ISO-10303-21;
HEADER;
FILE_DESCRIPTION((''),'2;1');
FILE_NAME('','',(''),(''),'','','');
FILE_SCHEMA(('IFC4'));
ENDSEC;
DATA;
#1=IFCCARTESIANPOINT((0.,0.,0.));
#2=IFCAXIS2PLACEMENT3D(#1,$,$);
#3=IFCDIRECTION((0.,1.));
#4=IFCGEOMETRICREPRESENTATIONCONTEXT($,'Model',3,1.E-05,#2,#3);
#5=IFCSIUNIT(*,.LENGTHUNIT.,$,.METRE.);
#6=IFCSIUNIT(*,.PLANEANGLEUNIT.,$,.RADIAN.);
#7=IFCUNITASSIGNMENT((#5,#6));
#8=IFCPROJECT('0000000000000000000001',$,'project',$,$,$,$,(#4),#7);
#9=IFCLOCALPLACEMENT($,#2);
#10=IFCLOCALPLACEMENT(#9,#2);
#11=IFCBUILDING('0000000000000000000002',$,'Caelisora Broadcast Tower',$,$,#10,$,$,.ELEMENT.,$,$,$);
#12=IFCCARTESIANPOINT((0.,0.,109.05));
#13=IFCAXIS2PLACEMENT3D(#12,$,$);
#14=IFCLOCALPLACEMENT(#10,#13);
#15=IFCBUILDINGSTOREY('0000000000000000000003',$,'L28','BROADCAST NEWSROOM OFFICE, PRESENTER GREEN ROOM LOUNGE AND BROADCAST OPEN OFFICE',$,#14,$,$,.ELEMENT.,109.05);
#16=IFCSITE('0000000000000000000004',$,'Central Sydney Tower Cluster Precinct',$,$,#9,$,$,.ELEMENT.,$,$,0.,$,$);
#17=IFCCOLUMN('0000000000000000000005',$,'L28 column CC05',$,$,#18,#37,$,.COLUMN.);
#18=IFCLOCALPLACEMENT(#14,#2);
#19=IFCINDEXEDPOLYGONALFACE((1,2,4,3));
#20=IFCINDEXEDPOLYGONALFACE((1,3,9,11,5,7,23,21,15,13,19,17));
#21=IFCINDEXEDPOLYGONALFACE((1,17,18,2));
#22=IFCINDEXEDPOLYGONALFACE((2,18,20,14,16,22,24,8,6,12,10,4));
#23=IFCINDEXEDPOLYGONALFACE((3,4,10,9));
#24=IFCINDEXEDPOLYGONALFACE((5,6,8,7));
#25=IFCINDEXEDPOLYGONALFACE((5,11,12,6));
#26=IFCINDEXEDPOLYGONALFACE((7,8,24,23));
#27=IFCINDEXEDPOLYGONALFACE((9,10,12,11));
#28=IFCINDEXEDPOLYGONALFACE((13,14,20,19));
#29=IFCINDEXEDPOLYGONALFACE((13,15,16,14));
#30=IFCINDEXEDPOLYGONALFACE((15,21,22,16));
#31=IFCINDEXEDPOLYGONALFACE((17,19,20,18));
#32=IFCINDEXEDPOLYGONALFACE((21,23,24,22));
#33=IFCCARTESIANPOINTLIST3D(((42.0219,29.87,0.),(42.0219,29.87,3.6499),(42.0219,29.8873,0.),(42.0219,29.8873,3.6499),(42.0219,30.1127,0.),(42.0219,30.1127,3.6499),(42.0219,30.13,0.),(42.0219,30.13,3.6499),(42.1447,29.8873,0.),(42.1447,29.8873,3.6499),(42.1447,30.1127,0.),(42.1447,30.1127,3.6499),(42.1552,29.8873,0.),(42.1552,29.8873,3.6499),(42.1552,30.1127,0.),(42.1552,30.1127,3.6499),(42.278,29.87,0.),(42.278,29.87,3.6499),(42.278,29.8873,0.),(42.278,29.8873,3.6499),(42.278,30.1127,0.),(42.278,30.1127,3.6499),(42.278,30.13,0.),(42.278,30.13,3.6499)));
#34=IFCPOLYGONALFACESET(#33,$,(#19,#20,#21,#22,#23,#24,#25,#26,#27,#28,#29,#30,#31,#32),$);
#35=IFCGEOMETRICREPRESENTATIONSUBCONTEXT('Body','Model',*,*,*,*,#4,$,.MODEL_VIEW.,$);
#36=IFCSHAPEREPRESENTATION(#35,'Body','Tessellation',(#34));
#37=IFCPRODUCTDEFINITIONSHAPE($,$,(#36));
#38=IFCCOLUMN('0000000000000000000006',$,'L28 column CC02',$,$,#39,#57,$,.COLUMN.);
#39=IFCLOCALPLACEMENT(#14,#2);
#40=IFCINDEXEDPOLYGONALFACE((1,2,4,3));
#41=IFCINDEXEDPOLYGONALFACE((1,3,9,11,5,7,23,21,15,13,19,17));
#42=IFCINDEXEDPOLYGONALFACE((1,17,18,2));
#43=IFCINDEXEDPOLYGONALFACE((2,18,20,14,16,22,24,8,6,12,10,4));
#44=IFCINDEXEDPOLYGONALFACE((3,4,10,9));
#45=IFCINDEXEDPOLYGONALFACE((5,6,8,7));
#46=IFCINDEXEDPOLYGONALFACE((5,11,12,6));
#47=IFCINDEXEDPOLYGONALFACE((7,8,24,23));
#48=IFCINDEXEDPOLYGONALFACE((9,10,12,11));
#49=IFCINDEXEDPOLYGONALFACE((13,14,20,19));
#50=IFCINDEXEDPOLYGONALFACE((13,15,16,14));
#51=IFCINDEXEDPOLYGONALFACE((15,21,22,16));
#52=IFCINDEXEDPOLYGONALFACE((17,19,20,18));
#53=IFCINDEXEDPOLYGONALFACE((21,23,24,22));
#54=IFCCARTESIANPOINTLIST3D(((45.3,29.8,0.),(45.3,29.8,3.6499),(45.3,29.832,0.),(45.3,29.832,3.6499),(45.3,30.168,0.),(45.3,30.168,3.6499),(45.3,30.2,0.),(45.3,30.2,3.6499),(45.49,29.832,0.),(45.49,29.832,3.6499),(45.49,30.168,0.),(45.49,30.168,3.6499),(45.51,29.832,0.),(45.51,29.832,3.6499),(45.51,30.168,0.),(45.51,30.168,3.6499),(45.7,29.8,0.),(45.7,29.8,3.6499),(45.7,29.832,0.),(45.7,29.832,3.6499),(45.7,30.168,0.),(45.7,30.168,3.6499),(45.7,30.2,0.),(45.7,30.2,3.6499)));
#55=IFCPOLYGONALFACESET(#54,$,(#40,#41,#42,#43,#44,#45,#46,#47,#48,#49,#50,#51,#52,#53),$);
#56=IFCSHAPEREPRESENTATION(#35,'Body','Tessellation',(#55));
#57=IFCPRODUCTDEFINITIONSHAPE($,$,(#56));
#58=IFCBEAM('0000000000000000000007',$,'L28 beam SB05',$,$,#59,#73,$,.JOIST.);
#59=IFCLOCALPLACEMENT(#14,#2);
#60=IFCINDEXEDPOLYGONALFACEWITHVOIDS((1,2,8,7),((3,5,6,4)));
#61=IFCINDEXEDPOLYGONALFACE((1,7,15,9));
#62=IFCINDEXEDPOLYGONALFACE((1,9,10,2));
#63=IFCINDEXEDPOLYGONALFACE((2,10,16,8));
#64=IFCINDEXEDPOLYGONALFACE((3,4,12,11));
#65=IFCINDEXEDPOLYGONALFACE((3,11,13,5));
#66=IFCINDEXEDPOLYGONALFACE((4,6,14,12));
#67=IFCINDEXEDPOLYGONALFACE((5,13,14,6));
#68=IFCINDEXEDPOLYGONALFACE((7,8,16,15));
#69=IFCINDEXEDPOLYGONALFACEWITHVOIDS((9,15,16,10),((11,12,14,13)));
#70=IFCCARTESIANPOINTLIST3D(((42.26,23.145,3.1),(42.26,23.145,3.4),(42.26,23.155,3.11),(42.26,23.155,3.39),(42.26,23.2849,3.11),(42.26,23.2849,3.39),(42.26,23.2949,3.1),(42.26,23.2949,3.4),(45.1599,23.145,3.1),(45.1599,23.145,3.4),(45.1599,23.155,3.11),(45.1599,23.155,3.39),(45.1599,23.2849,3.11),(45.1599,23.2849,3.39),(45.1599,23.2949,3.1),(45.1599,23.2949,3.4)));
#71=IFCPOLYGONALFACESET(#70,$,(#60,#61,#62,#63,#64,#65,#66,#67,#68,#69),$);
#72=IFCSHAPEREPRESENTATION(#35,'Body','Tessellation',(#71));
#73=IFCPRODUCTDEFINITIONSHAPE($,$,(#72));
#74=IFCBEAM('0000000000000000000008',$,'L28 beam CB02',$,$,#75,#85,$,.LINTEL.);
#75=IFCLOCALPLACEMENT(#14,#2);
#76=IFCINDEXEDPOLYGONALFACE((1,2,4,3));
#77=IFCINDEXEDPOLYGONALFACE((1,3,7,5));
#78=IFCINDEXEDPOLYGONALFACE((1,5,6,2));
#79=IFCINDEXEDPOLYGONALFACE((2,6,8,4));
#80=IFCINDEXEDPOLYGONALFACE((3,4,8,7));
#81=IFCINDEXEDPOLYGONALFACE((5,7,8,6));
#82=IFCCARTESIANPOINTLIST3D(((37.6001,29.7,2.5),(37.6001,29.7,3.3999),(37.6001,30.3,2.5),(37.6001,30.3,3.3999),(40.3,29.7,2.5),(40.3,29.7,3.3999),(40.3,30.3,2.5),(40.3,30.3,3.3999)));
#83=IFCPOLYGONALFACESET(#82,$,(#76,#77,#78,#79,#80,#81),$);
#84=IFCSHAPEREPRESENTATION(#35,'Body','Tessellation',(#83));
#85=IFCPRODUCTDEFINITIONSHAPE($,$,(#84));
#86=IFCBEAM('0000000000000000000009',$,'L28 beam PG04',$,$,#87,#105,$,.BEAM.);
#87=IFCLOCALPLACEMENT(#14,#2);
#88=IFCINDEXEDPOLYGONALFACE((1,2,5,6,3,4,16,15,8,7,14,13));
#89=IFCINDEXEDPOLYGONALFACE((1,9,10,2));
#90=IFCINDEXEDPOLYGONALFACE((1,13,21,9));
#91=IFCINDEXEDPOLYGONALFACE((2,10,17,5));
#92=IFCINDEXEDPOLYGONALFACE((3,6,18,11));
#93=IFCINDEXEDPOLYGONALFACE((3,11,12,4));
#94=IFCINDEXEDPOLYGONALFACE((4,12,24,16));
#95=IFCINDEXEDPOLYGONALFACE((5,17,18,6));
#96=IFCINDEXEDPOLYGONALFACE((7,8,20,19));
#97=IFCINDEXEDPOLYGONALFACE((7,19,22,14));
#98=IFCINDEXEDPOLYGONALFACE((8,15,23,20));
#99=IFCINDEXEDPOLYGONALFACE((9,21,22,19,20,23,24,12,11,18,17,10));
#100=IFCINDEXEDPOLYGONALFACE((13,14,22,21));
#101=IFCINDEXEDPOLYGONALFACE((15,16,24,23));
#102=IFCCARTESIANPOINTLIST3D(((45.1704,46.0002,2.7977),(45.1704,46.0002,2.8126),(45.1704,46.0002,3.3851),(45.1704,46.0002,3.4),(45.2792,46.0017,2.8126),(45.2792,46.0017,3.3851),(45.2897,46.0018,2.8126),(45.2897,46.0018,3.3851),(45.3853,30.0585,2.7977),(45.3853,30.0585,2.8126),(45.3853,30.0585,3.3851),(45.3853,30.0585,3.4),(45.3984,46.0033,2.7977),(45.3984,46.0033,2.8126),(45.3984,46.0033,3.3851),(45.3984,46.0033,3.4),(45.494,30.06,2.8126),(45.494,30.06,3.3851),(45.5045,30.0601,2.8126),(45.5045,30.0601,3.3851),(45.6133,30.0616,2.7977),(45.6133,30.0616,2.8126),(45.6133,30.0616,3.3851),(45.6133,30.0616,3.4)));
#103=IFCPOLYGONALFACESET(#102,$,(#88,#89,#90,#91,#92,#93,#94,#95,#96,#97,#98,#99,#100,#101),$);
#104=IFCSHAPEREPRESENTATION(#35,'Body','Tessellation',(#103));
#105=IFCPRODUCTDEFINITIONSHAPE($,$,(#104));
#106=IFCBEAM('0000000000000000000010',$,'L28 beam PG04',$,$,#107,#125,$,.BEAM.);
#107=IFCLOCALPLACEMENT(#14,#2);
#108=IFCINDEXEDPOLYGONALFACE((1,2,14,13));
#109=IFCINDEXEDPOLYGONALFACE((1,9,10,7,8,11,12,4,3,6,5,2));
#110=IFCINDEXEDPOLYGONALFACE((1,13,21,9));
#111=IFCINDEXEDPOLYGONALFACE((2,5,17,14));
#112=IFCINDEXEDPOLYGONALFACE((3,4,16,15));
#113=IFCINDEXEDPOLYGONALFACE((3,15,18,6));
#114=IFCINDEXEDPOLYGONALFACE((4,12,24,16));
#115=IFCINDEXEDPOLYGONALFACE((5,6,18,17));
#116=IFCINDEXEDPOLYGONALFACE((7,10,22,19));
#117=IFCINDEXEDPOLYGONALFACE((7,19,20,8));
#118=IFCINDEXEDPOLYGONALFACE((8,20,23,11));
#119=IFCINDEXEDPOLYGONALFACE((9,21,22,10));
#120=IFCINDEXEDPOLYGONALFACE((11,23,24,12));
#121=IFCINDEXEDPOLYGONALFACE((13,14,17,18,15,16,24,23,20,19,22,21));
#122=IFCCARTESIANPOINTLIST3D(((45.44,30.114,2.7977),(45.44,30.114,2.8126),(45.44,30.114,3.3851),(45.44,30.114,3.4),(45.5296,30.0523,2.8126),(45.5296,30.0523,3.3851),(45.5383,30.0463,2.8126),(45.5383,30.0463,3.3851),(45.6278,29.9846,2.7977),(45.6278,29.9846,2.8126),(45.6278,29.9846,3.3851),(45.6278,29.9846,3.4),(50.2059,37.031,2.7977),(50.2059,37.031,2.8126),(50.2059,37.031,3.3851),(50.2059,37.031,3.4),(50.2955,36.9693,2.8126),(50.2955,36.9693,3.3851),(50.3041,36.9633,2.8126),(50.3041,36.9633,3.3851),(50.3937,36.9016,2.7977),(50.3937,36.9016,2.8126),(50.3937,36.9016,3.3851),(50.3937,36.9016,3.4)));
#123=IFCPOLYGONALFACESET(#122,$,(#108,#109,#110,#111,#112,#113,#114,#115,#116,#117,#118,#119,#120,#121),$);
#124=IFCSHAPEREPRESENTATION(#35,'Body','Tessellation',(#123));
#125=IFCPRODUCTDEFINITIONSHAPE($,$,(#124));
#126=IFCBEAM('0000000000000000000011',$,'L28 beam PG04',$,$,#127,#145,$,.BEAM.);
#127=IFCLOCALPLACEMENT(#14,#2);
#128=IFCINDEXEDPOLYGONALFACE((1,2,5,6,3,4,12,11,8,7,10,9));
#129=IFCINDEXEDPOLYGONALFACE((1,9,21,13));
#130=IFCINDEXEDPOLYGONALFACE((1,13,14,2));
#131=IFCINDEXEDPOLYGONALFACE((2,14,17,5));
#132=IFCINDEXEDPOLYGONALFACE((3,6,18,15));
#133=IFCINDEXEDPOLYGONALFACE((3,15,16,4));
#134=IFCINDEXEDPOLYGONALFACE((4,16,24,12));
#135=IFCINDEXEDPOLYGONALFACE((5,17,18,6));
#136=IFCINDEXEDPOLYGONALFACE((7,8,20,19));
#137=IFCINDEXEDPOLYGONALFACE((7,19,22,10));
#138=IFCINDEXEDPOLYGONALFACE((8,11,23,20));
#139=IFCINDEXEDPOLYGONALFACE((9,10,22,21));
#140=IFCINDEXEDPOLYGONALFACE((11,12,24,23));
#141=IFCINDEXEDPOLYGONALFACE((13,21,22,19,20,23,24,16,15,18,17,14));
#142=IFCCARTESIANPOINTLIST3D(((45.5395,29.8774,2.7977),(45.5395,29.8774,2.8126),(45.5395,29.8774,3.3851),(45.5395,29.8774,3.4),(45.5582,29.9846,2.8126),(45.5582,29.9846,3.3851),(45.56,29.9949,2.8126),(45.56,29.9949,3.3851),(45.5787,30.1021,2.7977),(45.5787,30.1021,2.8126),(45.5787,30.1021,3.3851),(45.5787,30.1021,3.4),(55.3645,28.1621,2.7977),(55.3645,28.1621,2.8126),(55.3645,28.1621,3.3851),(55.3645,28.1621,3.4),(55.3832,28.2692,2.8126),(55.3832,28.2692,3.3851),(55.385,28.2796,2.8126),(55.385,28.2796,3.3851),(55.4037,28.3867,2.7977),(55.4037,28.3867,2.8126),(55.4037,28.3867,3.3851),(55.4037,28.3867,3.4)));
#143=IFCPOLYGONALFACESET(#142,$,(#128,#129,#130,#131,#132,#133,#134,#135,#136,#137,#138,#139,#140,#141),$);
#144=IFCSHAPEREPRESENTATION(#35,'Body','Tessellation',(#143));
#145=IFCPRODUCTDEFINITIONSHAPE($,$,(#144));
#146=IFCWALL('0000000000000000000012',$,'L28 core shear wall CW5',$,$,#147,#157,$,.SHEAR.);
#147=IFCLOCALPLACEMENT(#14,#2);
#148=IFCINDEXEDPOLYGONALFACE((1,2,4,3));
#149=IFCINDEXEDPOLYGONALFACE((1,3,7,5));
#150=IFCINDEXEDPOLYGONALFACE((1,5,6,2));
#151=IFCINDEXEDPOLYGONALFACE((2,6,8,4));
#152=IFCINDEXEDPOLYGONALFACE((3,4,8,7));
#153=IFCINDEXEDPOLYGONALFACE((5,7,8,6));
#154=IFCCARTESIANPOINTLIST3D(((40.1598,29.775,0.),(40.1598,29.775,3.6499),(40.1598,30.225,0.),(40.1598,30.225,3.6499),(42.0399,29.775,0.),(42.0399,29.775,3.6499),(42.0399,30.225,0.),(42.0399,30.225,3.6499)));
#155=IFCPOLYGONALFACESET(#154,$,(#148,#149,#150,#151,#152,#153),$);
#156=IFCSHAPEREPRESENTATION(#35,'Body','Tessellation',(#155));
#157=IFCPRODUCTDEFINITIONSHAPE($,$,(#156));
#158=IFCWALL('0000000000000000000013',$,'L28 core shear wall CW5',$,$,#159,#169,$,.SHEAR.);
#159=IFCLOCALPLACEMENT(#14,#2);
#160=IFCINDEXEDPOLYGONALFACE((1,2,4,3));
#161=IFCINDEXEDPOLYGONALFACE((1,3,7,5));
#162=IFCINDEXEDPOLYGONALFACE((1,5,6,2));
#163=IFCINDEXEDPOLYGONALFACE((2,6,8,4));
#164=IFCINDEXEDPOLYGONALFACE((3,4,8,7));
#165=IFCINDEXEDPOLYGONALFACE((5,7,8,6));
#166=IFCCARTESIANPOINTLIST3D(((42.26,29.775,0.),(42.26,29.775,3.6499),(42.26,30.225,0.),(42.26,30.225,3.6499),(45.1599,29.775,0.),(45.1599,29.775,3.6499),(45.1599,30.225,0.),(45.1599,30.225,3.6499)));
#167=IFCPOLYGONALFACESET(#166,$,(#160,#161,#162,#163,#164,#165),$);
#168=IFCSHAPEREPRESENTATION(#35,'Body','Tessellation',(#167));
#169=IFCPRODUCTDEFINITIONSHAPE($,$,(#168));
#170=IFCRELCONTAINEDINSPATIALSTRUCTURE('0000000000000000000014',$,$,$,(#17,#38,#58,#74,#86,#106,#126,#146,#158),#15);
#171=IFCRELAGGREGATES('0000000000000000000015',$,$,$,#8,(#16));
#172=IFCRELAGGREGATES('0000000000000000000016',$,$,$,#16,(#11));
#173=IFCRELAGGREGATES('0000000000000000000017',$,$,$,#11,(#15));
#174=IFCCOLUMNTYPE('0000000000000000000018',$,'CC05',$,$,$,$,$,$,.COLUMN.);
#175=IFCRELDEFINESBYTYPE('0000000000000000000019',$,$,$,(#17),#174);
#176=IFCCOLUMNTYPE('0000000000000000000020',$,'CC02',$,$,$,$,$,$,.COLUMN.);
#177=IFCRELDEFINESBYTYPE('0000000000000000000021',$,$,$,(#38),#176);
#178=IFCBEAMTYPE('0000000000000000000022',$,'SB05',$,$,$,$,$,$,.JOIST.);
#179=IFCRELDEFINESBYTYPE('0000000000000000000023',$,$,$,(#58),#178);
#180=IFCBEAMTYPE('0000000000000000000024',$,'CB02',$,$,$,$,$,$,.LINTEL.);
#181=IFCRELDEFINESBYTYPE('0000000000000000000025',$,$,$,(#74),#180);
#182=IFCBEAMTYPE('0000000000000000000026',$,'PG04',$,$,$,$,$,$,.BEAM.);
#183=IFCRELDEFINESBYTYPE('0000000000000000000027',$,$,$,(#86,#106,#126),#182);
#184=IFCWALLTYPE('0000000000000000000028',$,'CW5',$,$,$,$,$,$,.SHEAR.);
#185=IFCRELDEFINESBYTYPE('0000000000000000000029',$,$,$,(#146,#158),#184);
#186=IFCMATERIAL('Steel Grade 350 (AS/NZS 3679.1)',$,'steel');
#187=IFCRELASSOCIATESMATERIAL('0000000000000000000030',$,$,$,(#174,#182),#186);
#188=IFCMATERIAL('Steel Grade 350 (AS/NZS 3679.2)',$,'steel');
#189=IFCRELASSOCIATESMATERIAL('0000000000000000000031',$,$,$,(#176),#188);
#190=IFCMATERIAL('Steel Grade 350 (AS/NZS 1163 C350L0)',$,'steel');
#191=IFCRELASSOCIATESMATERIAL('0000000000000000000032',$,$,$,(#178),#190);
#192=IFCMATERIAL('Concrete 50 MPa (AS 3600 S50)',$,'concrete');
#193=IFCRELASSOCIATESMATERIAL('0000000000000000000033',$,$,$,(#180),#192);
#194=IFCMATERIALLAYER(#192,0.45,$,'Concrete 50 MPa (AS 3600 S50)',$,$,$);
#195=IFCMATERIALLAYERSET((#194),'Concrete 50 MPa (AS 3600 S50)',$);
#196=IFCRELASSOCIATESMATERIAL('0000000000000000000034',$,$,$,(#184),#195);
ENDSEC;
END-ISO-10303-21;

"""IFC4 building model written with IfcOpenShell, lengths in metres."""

from ifc_helpers import new_model, si_unit, direction, frame, frame_2d, origin, origin_2d, place, context, subcontext, project, spatial, rectangle, hollow_rectangle, i_section, extrude, source, transform, mapped, material, layer, layer_set, material_profile, profile_set, type_object, type_shapes, element, save


model = new_model("IFC4")

# Units and contexts
model_context = context("Model", 3, precision=1e-05, world=origin(), true_north=direction((0.0, 1.0)))
body_context = subcontext(model_context, "Body", "Model", "MODEL_VIEW")
ifc_project = project(units=[si_unit("LENGTHUNIT", "METRE"), si_unit("PLANEANGLEUNIT", "RADIAN")], contexts=[model_context])

# Site, building, storey
site_placement = place(None, origin())
site = spatial("IfcSite", under=ifc_project, at=site_placement, Name="Central Sydney Tower Cluster Precinct", CompositionType="ELEMENT", RefElevation=0.0)
building_placement = place(site_placement, origin())
building = spatial("IfcBuilding", under=site, at=building_placement, Name="Caelisora Broadcast Tower", CompositionType="ELEMENT")
storey_placement = place(building_placement, frame((0.0, 0.0, 109.05)))
storey = spatial("IfcBuildingStorey", under=building, at=storey_placement, Name="L28", Description="BROADCAST NEWSROOM OFFICE, PRESENTER GREEN ROOM LOUNGE AND BROADCAST OPEN OFFICE", CompositionType="ELEMENT", Elevation=109.05)

# Columns
ifc_material_1 = material(Name="Steel Grade 350 (AS/NZS 3679.1)", Category="steel")
ifc_material_profile_1 = material_profile(ifc_material_1, i_section(OverallWidth=0.2561, OverallDepth=0.26, WebThickness=0.0105, FlangeThickness=0.0173, at=origin_2d()), Name="Steel Grade 350 (AS/NZS 3679.1)")
ifc_profile_set_1 = profile_set([ifc_material_profile_1], Name="Steel Grade 350 (AS/NZS 3679.1)")
column_type_1 = type_object("IfcColumnType", Name="CC05", PredefinedType="COLUMN", material=ifc_profile_set_1)
shared_shape_1 = source(origin(), body_context, "Body", "SweptSolid", [
    extrude(i_section(OverallWidth=0.2561, OverallDepth=0.26, WebThickness=0.0105, FlangeThickness=0.0173, at=origin_2d()), origin(), (0.0, 0.0, 1.0), 3.6499),
])
type_shapes(column_type_1, [shared_shape_1])
column_1_placement = place(storey_placement, frame((42.1499, 30.0, 0.0), z_axis=(0.0, 0.0, 1.0), x_axis=(1.0, 0.0, 0.0)))
element("IfcColumn", 1, at=column_1_placement, inside=storey, type_object=column_type_1, Name="L28 column CC05", PredefinedType="COLUMN", context=body_context, shape_type="MappedRepresentation", body=[
    mapped(shared_shape_1, transform((0.0, 0.0, 0.0), scale=1.0)),
])
ifc_material_2 = material(Name="Steel Grade 350 (AS/NZS 3679.2)", Category="steel")
ifc_material_profile_2 = material_profile(ifc_material_2, i_section(OverallWidth=0.3999, OverallDepth=0.3999, WebThickness=0.02, FlangeThickness=0.032, at=origin_2d()), Name="Steel Grade 350 (AS/NZS 3679.2)")
ifc_profile_set_2 = profile_set([ifc_material_profile_2], Name="Steel Grade 350 (AS/NZS 3679.2)")
column_type_2 = type_object("IfcColumnType", Name="CC02", PredefinedType="COLUMN", material=ifc_profile_set_2)
shared_shape_2 = source(origin(), body_context, "Body", "SweptSolid", [
    extrude(i_section(OverallWidth=0.3999, OverallDepth=0.3999, WebThickness=0.02, FlangeThickness=0.032, at=origin_2d()), origin(), (0.0, 0.0, 1.0), 3.6499),
])
type_shapes(column_type_2, [shared_shape_2])
column_2_placement = place(storey_placement, frame((45.5, 30.0, 0.0), z_axis=(0.0, 0.0, 1.0), x_axis=(1.0, 0.0, 0.0)))
element("IfcColumn", 2, at=column_2_placement, inside=storey, type_object=column_type_2, Name="L28 column CC02", PredefinedType="COLUMN", context=body_context, shape_type="MappedRepresentation", body=[
    mapped(shared_shape_2, transform((0.0, 0.0, 0.0), scale=1.0)),
])

# Beams
ifc_material_3 = material(Name="Steel Grade 350 (AS/NZS 1163 C350L0)", Category="steel")
ifc_material_profile_3 = material_profile(ifc_material_3, hollow_rectangle(XDim=0.1499, YDim=0.3, WallThickness=0.01, at=origin_2d()), Name="Steel Grade 350 (AS/NZS 1163 C350L0)")
ifc_profile_set_3 = profile_set([ifc_material_profile_3], Name="Steel Grade 350 (AS/NZS 1163 C350L0)")
beam_type_1 = type_object("IfcBeamType", Name="SB05", PredefinedType="JOIST", material=ifc_profile_set_3)
shared_shape_3 = source(origin(), body_context, "Body", "SweptSolid", [
    extrude(hollow_rectangle(XDim=0.1499, YDim=0.3, WallThickness=0.01, at=origin_2d()), origin(), (0.0, 0.0, 1.0), 2.8999),
])
type_shapes(beam_type_1, [shared_shape_3])
beam_1_placement = place(storey_placement, frame((42.26, 23.22, 3.25), z_axis=(1.0, 0.0, 0.0), x_axis=(0.0, 1.0, 0.0)))
element("IfcBeam", 3, at=beam_1_placement, inside=storey, type_object=beam_type_1, Name="L28 beam SB05", PredefinedType="JOIST", context=body_context, shape_type="MappedRepresentation", body=[
    mapped(shared_shape_3, transform((0.0, 0.0, 0.0), scale=1.0)),
])
ifc_material_4 = material(Name="Concrete 50 MPa (AS 3600 S50)", Category="concrete")
ifc_material_profile_4 = material_profile(ifc_material_4, rectangle(XDim=0.6001, YDim=0.8999, at=origin_2d()), Name="Concrete 50 MPa (AS 3600 S50)")
ifc_profile_set_4 = profile_set([ifc_material_profile_4], Name="Concrete 50 MPa (AS 3600 S50)")
beam_type_2 = type_object("IfcBeamType", Name="CB02", PredefinedType="LINTEL", material=ifc_profile_set_4)
shared_shape_4 = source(origin(), body_context, "Body", "SweptSolid", [
    extrude(rectangle(XDim=0.6001, YDim=0.8999, at=origin_2d()), origin(), (0.0, 0.0, 1.0), 2.7),
])
type_shapes(beam_type_2, [shared_shape_4])
beam_2_placement = place(storey_placement, frame((37.6001, 30.0, 2.95), z_axis=(1.0, 0.0, 0.0), x_axis=(0.0, 1.0, 0.0)))
element("IfcBeam", 4, at=beam_2_placement, inside=storey, type_object=beam_type_2, Name="L28 beam CB02", PredefinedType="LINTEL", context=body_context, shape_type="MappedRepresentation", body=[
    mapped(shared_shape_4, transform((0.0, 0.0, 0.0), scale=1.0)),
])
ifc_material_profile_5 = material_profile(ifc_material_1, i_section(OverallWidth=0.228, OverallDepth=0.6023, WebThickness=0.0105, FlangeThickness=0.0149, at=origin_2d()), Name="Steel Grade 350 (AS/NZS 3679.1)")
ifc_profile_set_5 = profile_set([ifc_material_profile_5], Name="Steel Grade 350 (AS/NZS 3679.1)")
beam_type_3 = type_object("IfcBeamType", Name="PG04", PredefinedType="BEAM", material=ifc_profile_set_5)
shared_shape_5 = source(origin(), body_context, "Body", "SweptSolid", [
    extrude(i_section(OverallWidth=0.228, OverallDepth=0.6023, WebThickness=0.0105, FlangeThickness=0.0149, at=origin_2d()), origin(), (0.0, 0.0, 1.0), 15.9431),
])
beam_3_placement = place(storey_placement, frame((45.4993, 30.0601, 3.0989), z_axis=(-0.013476, 0.999909, 0.0), x_axis=(-0.999909, -0.013476, 0.0)))
element("IfcBeam", 5, at=beam_3_placement, inside=storey, type_object=beam_type_3, Name="L28 beam PG04", PredefinedType="BEAM", context=body_context, shape_type="MappedRepresentation", body=[
    mapped(shared_shape_5, transform((0.0, 0.0, 0.0), scale=1.0)),
])
shared_shape_6 = source(origin(), body_context, "Body", "SweptSolid", [
    extrude(i_section(OverallWidth=0.228, OverallDepth=0.6023, WebThickness=0.0105, FlangeThickness=0.0149, at=origin_2d()), origin(), (0.0, 0.0, 1.0), 8.3999),
])
beam_4_placement = place(storey_placement, frame((45.5339, 30.0493, 3.0989), z_axis=(0.567372, 0.823461, 0.0), x_axis=(-0.823461, 0.567372, 0.0)))
element("IfcBeam", 6, at=beam_4_placement, inside=storey, type_object=beam_type_3, Name="L28 beam PG04", PredefinedType="BEAM", context=body_context, shape_type="MappedRepresentation", body=[
    mapped(shared_shape_6, transform((0.0, 0.0, 0.0), scale=1.0)),
])
shared_shape_7 = source(origin(), body_context, "Body", "SweptSolid", [
    extrude(i_section(OverallWidth=0.228, OverallDepth=0.6023, WebThickness=0.0105, FlangeThickness=0.0149, at=origin_2d()), origin(), (0.0, 0.0, 1.0), 9.9736),
])
type_shapes(beam_type_3, [shared_shape_5, shared_shape_6, shared_shape_7])
beam_5_placement = place(storey_placement, frame((45.5591, 29.9897, 3.0989), z_axis=(0.985099, -0.171988, 0.0), x_axis=(0.171988, 0.985099, 0.0)))
element("IfcBeam", 7, at=beam_5_placement, inside=storey, type_object=beam_type_3, Name="L28 beam PG04", PredefinedType="BEAM", context=body_context, shape_type="MappedRepresentation", body=[
    mapped(shared_shape_7, transform((0.0, 0.0, 0.0), scale=1.0)),
])

# Walls
ifc_layer_1 = layer(ifc_material_4, 0.45, Name="Concrete 50 MPa (AS 3600 S50)")
ifc_layer_set_1 = layer_set([ifc_layer_1], Name="Concrete 50 MPa (AS 3600 S50)")
wall_type_1 = type_object("IfcWallType", Name="CW5", PredefinedType="SHEAR", material=ifc_layer_set_1)
wall_1_placement = place(storey_placement, frame((40.1599, 30.0, 0.0), z_axis=(0.0, 0.0, 1.0), x_axis=(1.0, 0.0, 0.0)))
element("IfcWall", 8, at=wall_1_placement, inside=storey, type_object=wall_type_1, Name="L28 core shear wall CW5", PredefinedType="SHEAR", context=body_context, shape_type="SweptSolid", body=[
    extrude(rectangle(XDim=1.8801, YDim=0.45, at=frame_2d((0.9399, 0.0))), origin(), (0.0, 0.0, 1.0), 3.6499),
])
wall_2_placement = place(storey_placement, frame((42.26, 30.0, 0.0), z_axis=(0.0, 0.0, 1.0), x_axis=(1.0, 0.0, 0.0)))
element("IfcWall", 9, at=wall_2_placement, inside=storey, type_object=wall_type_1, Name="L28 core shear wall CW5", PredefinedType="SHEAR", context=body_context, shape_type="SweptSolid", body=[
    extrude(rectangle(XDim=2.8999, YDim=0.45, at=frame_2d((1.45, 0.0))), origin(), (0.0, 0.0, 1.0), 3.6499),
])

save(model, "model.ifc")
